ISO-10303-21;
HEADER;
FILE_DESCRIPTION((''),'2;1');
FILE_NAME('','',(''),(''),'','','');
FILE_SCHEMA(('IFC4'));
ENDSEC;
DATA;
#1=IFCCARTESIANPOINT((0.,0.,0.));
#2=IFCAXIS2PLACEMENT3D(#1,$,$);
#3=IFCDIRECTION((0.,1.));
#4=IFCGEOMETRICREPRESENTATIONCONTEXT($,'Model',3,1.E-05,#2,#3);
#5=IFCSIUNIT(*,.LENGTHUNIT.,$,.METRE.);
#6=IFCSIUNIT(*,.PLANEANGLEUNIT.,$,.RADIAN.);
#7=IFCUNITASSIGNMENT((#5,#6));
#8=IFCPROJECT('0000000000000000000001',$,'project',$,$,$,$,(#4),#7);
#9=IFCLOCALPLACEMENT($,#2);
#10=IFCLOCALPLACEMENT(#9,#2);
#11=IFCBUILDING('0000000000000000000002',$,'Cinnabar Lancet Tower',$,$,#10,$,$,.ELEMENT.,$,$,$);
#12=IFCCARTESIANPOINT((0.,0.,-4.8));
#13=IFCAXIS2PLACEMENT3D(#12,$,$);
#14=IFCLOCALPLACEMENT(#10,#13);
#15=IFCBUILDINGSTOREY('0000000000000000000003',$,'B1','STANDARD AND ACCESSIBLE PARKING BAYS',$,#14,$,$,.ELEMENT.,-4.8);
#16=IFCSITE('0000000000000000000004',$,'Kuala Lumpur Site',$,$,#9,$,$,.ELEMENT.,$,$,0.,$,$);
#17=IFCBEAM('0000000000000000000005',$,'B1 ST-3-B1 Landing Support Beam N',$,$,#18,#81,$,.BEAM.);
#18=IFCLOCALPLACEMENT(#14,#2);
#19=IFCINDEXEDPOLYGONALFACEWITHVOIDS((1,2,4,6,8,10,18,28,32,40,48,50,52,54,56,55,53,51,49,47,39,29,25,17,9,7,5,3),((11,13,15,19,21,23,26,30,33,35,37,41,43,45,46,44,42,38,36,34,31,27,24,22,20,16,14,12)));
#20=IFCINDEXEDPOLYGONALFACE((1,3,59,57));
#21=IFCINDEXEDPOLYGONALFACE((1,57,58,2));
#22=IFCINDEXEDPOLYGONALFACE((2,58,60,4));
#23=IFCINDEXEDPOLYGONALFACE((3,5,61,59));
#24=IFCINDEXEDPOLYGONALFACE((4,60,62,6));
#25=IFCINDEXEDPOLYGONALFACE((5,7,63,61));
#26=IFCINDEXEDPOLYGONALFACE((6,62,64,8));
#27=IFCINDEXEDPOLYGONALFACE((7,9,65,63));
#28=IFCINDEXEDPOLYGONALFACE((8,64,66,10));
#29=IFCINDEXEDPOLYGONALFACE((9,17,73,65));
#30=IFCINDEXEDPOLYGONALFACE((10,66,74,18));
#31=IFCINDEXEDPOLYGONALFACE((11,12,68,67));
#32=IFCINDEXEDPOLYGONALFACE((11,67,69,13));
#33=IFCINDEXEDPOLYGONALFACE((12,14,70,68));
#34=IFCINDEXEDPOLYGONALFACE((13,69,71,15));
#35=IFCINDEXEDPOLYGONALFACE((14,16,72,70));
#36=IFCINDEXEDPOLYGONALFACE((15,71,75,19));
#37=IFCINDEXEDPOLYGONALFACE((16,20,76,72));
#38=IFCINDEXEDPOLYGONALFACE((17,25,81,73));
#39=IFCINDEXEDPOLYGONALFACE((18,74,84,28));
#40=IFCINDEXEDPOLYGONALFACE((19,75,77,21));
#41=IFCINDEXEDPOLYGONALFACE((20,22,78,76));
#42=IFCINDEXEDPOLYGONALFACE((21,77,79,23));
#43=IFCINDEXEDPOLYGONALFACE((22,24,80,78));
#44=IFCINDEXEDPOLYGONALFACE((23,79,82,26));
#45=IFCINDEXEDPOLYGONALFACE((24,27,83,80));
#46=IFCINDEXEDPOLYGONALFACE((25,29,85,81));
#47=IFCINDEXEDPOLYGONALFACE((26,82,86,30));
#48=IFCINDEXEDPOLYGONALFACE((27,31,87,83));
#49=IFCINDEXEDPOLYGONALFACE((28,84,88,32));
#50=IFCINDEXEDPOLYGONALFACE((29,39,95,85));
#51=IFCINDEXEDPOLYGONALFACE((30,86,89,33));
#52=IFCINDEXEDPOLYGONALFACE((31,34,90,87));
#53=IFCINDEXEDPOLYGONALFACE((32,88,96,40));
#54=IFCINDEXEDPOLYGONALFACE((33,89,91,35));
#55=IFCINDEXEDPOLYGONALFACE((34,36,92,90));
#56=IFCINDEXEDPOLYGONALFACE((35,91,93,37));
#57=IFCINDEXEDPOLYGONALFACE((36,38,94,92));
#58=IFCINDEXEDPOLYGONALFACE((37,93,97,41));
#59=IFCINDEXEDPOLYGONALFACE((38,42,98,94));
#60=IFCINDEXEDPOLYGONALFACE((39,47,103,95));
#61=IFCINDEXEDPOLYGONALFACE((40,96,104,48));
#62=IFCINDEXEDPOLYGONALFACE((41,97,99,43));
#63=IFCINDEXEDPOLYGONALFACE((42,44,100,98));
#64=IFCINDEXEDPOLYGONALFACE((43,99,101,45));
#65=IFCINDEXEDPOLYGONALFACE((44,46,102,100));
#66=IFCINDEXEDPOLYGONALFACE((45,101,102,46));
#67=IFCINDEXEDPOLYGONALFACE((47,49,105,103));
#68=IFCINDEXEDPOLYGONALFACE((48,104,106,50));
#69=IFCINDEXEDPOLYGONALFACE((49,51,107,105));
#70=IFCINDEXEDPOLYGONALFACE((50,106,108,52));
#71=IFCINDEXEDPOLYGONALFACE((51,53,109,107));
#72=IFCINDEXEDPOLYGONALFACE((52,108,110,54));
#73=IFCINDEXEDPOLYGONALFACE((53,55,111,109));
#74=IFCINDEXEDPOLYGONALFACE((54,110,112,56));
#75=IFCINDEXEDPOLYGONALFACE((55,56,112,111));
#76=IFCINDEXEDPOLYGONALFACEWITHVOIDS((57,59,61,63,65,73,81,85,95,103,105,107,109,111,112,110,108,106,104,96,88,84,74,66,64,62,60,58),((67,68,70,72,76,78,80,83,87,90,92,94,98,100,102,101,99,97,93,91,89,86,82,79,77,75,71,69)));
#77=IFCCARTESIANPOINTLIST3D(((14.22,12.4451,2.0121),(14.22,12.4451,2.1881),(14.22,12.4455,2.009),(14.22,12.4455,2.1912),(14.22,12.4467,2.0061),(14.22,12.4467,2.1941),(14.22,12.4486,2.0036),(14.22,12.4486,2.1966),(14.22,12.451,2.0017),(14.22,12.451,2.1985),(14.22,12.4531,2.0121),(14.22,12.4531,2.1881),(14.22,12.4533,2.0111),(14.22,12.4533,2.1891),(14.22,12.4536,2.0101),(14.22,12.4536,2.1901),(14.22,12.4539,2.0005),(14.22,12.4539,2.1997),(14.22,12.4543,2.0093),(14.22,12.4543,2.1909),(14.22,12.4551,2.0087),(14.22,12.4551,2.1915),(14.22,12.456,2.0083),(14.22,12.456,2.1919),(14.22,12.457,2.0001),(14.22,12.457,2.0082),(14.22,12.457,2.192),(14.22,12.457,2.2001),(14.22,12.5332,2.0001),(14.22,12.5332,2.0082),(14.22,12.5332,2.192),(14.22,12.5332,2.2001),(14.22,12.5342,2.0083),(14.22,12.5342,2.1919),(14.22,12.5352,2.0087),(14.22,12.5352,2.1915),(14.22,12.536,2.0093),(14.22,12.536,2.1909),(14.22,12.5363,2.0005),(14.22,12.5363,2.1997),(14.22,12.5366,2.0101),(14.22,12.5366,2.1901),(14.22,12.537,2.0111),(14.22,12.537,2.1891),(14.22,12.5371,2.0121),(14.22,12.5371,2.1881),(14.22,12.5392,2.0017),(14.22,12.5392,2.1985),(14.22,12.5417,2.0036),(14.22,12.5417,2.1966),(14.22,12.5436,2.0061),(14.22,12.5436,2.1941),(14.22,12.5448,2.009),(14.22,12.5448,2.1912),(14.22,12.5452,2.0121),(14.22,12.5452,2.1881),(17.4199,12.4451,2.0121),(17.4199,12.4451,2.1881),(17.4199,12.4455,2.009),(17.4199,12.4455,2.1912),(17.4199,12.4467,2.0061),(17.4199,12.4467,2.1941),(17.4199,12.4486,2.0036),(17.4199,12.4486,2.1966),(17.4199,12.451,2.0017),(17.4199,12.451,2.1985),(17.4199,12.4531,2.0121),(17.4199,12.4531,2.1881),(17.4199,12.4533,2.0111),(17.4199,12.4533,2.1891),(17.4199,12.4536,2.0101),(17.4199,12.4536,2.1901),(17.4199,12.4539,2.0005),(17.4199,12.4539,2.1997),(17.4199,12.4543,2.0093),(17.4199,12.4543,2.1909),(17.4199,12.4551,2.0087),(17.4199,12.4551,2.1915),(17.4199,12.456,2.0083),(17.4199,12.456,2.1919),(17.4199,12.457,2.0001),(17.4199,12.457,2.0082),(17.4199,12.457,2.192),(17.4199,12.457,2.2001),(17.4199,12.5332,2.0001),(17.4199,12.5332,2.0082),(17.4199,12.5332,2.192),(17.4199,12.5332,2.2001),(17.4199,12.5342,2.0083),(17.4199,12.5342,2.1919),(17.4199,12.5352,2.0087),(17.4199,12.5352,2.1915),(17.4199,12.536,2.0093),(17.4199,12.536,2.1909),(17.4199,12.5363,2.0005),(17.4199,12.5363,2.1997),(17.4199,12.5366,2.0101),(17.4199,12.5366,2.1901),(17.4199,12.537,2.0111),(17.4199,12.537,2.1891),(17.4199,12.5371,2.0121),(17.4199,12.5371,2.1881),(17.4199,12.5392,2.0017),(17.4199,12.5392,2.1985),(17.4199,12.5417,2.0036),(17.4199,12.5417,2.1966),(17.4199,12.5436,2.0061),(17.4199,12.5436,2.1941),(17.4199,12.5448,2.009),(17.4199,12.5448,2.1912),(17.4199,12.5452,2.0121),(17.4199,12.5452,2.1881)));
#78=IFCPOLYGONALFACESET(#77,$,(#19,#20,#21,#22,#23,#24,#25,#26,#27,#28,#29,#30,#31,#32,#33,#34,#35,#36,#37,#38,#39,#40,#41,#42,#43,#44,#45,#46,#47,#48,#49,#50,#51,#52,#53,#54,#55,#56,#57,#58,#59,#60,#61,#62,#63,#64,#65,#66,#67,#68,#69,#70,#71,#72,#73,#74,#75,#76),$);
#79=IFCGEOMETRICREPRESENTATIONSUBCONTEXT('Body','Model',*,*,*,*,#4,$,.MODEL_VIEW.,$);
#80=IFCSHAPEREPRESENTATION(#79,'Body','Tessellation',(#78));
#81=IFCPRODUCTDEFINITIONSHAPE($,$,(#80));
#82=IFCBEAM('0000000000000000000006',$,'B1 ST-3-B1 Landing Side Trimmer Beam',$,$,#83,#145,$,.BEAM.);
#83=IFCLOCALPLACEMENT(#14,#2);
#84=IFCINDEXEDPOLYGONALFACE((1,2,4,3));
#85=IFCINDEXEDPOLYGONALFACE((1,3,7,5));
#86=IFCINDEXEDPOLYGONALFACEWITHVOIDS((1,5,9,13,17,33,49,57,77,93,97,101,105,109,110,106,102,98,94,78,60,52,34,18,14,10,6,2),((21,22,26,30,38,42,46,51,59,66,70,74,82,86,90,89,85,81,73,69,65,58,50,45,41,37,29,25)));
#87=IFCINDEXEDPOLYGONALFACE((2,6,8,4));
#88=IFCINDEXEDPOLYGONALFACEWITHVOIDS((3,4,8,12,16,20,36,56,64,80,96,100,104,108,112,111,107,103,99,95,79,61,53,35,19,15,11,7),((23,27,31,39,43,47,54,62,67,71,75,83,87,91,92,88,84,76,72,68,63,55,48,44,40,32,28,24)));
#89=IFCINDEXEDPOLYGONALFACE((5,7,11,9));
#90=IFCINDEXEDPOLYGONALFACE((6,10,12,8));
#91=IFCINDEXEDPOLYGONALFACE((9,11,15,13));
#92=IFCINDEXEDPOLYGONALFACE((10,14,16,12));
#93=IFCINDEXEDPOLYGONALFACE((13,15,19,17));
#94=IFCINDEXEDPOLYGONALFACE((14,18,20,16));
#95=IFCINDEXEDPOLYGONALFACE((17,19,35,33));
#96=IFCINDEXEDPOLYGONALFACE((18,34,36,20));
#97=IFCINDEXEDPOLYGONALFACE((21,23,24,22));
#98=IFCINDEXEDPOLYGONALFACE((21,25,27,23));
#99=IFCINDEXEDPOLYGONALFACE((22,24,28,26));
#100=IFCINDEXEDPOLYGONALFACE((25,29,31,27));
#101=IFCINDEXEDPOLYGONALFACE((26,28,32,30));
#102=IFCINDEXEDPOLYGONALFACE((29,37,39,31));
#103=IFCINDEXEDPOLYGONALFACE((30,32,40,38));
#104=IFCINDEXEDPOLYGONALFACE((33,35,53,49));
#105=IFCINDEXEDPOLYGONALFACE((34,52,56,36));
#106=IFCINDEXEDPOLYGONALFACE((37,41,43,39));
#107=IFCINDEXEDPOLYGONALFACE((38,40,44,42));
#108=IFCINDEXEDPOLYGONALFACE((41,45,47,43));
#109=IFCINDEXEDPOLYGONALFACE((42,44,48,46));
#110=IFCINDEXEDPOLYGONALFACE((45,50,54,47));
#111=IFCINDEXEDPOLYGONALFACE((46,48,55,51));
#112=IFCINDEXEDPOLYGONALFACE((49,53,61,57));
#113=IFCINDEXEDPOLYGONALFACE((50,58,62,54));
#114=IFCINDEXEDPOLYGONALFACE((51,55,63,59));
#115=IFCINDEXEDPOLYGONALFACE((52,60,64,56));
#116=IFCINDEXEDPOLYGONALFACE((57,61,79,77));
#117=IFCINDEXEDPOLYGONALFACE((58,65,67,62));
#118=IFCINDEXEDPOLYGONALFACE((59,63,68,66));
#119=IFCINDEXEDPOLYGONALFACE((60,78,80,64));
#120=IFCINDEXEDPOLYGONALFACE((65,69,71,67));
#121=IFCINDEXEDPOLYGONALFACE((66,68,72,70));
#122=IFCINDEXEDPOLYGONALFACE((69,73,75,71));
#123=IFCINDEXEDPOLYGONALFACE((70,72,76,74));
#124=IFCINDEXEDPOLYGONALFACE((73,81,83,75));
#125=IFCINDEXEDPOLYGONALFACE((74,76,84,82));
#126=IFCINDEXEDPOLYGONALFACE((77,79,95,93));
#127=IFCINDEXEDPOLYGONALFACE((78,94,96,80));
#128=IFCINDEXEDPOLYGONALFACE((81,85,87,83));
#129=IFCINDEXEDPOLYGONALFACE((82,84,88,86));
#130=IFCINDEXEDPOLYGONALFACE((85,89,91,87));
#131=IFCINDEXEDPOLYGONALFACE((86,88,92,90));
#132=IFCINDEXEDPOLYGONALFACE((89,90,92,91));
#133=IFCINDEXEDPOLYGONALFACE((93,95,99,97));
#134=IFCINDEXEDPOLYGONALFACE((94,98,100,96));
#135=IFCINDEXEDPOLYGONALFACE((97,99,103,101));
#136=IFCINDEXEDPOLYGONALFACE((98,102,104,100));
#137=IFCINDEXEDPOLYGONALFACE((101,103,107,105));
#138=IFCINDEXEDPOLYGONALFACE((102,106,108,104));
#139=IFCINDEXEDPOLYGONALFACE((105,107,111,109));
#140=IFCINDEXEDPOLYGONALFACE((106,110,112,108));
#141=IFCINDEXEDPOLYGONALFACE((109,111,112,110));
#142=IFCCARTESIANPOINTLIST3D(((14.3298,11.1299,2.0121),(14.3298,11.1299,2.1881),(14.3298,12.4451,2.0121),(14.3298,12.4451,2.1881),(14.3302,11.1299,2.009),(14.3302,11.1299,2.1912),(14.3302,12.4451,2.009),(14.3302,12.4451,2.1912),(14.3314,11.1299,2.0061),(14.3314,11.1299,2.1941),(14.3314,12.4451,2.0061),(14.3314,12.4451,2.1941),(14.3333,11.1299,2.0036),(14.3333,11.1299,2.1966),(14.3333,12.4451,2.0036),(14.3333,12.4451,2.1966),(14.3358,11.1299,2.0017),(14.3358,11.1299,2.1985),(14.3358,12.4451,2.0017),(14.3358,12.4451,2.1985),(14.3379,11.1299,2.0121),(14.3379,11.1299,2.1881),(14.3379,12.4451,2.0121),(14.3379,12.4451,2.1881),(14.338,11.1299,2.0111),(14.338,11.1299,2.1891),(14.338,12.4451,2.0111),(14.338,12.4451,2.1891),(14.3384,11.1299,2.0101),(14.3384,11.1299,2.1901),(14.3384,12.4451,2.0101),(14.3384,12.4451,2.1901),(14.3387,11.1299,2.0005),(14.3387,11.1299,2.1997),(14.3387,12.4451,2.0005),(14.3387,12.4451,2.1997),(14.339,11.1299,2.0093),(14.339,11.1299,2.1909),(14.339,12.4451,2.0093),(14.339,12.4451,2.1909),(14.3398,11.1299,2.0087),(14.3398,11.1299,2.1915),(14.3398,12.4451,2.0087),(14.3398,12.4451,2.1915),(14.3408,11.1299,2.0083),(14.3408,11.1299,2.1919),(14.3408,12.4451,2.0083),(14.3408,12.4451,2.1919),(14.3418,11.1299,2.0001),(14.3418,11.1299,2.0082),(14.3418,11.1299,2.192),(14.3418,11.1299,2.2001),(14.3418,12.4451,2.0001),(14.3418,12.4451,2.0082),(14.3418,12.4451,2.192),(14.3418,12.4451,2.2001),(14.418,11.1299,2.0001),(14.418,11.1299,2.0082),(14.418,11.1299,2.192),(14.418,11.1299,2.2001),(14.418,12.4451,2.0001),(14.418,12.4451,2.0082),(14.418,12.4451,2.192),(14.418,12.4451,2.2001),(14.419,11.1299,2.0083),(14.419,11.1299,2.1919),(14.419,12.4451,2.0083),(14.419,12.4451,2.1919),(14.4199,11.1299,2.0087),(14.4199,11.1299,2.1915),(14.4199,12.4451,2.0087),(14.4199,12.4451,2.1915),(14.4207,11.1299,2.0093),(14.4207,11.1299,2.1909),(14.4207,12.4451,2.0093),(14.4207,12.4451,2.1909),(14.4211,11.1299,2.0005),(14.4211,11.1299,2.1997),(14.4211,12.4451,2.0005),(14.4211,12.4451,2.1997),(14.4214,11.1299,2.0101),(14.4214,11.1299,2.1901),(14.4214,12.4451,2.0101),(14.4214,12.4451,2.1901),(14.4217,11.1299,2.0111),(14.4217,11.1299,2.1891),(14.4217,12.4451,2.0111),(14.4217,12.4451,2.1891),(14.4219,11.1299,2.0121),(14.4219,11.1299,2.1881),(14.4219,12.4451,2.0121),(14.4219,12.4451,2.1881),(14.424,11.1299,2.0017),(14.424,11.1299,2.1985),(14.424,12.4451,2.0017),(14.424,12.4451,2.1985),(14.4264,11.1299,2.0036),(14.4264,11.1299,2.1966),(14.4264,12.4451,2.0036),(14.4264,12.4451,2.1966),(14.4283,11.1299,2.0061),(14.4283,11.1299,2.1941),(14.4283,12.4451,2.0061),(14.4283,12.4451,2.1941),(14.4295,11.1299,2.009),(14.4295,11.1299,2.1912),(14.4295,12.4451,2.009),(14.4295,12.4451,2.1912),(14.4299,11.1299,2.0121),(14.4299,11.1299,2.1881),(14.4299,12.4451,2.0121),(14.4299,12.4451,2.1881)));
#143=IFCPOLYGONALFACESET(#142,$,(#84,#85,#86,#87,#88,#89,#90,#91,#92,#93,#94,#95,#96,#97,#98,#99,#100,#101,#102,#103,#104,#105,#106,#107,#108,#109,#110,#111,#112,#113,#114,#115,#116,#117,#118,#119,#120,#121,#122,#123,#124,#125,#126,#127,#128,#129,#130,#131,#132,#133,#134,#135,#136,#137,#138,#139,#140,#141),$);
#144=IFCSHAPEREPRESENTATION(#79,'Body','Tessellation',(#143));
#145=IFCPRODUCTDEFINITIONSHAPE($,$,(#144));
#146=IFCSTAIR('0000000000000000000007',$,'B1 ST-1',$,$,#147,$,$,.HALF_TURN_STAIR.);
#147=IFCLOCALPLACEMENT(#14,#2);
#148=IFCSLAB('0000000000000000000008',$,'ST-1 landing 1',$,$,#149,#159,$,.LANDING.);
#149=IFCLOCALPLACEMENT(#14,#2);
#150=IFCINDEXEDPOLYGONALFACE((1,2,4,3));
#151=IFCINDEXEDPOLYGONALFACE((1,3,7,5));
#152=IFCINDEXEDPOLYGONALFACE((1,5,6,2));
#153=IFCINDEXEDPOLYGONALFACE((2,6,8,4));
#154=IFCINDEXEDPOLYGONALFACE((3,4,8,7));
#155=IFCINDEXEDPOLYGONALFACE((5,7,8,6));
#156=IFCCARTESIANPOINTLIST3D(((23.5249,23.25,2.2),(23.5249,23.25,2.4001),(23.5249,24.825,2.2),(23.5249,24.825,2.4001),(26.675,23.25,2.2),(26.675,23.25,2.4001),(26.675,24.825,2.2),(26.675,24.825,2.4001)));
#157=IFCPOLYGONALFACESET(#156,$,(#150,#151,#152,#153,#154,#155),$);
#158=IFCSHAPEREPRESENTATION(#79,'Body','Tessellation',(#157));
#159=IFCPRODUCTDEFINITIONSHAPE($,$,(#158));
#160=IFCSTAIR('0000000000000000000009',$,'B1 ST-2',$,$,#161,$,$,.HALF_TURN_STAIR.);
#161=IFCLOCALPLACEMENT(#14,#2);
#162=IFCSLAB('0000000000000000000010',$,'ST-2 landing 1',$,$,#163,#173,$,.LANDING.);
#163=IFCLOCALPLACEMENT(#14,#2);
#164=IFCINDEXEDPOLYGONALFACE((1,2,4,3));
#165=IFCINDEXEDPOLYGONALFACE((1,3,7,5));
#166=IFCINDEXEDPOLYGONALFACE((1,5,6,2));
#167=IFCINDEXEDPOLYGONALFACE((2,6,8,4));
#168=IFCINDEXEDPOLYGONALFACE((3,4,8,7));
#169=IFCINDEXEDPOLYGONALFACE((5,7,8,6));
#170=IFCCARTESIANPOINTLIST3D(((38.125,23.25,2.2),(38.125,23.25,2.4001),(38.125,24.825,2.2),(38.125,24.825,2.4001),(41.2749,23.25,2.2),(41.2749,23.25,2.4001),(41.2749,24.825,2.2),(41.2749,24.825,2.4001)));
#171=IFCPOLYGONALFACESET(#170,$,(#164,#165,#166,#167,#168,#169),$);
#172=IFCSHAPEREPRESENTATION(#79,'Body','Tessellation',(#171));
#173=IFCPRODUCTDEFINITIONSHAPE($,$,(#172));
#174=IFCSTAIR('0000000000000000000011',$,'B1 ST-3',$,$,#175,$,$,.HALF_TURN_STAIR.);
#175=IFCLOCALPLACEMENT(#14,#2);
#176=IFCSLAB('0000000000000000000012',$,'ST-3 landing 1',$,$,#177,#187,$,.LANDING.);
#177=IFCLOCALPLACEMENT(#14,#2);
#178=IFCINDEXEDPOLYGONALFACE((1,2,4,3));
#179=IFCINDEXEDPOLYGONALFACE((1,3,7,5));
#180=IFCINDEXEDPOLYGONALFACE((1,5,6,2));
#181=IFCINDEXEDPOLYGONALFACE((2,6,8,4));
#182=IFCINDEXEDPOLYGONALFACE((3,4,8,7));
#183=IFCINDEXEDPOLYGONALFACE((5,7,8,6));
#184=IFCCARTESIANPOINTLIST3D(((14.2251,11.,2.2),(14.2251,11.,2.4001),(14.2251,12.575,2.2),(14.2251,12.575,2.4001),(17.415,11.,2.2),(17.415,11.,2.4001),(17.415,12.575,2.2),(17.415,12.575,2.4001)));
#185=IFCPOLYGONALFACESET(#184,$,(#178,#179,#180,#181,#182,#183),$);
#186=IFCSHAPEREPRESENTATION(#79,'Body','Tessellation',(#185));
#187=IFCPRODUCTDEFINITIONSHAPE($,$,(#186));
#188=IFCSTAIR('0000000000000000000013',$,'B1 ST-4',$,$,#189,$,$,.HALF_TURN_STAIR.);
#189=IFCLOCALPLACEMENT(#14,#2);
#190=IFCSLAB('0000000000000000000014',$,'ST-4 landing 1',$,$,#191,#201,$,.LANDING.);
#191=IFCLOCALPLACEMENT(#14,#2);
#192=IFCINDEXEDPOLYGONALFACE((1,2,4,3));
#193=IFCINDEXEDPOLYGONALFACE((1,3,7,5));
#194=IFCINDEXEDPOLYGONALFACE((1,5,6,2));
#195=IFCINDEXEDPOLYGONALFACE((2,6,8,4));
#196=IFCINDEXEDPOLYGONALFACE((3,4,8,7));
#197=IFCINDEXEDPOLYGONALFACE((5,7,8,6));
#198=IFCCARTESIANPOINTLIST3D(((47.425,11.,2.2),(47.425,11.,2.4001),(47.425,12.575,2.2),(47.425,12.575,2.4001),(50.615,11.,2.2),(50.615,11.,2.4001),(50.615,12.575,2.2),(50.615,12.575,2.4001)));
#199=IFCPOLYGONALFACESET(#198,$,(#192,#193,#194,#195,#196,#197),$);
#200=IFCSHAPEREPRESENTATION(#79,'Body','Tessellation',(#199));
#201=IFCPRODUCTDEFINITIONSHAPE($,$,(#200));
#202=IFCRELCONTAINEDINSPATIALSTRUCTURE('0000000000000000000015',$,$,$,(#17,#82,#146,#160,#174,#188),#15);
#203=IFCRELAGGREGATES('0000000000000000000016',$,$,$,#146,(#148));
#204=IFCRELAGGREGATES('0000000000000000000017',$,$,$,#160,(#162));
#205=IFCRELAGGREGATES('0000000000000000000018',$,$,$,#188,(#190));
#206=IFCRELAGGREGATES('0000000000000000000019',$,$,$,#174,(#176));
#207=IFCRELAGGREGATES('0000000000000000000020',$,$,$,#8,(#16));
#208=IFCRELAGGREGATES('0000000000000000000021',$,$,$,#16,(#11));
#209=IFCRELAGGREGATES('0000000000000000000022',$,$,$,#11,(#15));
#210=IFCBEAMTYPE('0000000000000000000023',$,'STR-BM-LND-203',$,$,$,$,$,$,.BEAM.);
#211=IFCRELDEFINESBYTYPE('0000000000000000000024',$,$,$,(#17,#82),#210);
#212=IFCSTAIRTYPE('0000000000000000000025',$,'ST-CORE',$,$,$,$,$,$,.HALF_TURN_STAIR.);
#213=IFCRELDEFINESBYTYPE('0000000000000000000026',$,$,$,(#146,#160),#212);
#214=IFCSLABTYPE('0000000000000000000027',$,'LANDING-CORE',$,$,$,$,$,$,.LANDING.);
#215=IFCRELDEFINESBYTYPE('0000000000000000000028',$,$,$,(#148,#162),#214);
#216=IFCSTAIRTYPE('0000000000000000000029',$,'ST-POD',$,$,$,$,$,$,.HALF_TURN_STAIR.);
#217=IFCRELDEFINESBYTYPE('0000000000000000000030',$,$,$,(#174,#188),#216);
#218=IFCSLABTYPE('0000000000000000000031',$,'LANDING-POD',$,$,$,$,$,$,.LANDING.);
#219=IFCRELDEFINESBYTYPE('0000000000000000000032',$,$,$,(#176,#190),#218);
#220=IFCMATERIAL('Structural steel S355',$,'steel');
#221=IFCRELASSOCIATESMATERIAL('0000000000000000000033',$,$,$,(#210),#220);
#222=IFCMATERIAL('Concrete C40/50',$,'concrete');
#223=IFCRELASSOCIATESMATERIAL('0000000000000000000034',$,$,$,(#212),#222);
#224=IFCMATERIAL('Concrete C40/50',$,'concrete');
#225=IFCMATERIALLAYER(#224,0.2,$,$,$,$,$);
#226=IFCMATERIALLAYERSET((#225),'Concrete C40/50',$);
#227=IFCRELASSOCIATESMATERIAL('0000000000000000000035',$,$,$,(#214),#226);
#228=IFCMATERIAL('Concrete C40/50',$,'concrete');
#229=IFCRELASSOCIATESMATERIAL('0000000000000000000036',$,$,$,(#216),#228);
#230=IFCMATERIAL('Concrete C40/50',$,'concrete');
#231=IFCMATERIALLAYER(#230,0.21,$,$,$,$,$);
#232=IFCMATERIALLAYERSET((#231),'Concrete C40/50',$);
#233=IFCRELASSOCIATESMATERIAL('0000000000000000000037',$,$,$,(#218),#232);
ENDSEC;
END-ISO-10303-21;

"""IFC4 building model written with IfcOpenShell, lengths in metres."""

from ifc_helpers import new_model, si_unit, direction, frame, origin, origin_2d, place, context, subcontext, project, spatial, polyline, hollow_rectangle, outline, extrude, material, layer, layer_set, material_profile, profile_set, type_object, element, aggregate, save


model = new_model("IFC4")

# Units and contexts
model_context = context("Model", 3, precision=1e-05, world=origin(), true_north=direction((0.0, 1.0)))
body_context = subcontext(model_context, "Body", "Model", "MODEL_VIEW")
ifc_project = project(units=[si_unit("LENGTHUNIT", "METRE"), si_unit("PLANEANGLEUNIT", "RADIAN")], contexts=[model_context])

# Site, building, storey
site_placement = place(None, origin())
site = spatial("IfcSite", under=ifc_project, at=site_placement, Name="Kuala Lumpur Site", CompositionType="ELEMENT", RefElevation=0.0)
building_placement = place(site_placement, origin())
building = spatial("IfcBuilding", under=site, at=building_placement, Name="Cinnabar Lancet Tower", CompositionType="ELEMENT")
storey_placement = place(building_placement, frame((0.0, 0.0, -4.8)))
storey = spatial("IfcBuildingStorey", under=building, at=storey_placement, Name="B1", Description="STANDARD AND ACCESSIBLE PARKING BAYS", CompositionType="ELEMENT", Elevation=-4.8)

# Beams
ifc_material_1 = material(Name="Structural steel S355", Category="steel")
ifc_material_profile_1 = material_profile(ifc_material_1, hollow_rectangle(XDim=0.1001, YDim=0.2, WallThickness=0.0081, InnerFilletRadius=0.0039, OuterFilletRadius=0.012, at=origin_2d()), Name="RHS 200x100x8")
ifc_profile_set_1 = profile_set([ifc_material_profile_1], Name="Structural steel S355")
beam_type = type_object("IfcBeamType", Name="STR-BM-LND-203", PredefinedType="BEAM", material=ifc_profile_set_1)
for number, where, z_axis, x_axis, name in (
    (1, (14.22, 12.4951, 2.1001), (1.0, 0.0, 0.0), (0.0, 1.0, 0.0), "B1 ST-3-B1 Landing Support Beam N"),
):
    element("IfcBeam", number, at=place(storey_placement, frame(where, z_axis=z_axis, x_axis=x_axis)), inside=storey, type_object=beam_type, Name=name, PredefinedType="BEAM", context=body_context, shape_type="SweptSolid", body=[
        extrude(hollow_rectangle(XDim=0.1001, YDim=0.2, WallThickness=0.0081, InnerFilletRadius=0.0039, OuterFilletRadius=0.012, at=origin_2d()), origin(), (0.0, 0.0, 1.0), 3.2),
    ])
beam_placement = place(storey_placement, frame((14.3799, 11.1299, 2.1001), z_axis=(0.0, 1.0, 0.0), x_axis=(-1.0, 0.0, 0.0)))
element("IfcBeam", 2, at=beam_placement, inside=storey, type_object=beam_type, Name="B1 ST-3-B1 Landing Side Trimmer Beam", PredefinedType="BEAM", context=body_context, shape_type="SweptSolid", body=[
    extrude(hollow_rectangle(XDim=0.1001, YDim=0.2, WallThickness=0.0081, InnerFilletRadius=0.0039, OuterFilletRadius=0.012, at=origin_2d()), origin(), (0.0, 0.0, 1.0), 1.3152),
])

# Stairs, slabs
ifc_material_2 = material(Name="Concrete C40/50", Category="concrete")
stair_type_1 = type_object("IfcStairType", Name="ST-CORE", PredefinedType="HALF_TURN_STAIR", material=ifc_material_2)
stair_1_placement = place(storey_placement, origin())
stair_1 = element("IfcStair", 3, at=stair_1_placement, inside=storey, type_object=stair_type_1, Name="B1 ST-1", PredefinedType="HALF_TURN_STAIR")
ifc_material_3 = material(Name="Concrete C40/50", Category="concrete")
ifc_layer_1 = layer(ifc_material_3, 0.2)
ifc_layer_set_1 = layer_set([ifc_layer_1], Name="Concrete C40/50")
slab_type_1 = type_object("IfcSlabType", Name="LANDING-CORE", PredefinedType="LANDING", material=ifc_layer_set_1)
slab_1_placement = place(storey_placement, frame((0.0, 0.0, 2.2)))
slab_1 = element("IfcSlab", 4, at=slab_1_placement, type_object=slab_type_1, Name="ST-1 landing 1", PredefinedType="LANDING", context=body_context, shape_type="SweptSolid", body=[
    extrude(outline(polyline([(23.5249, 24.825), (23.5249, 23.25), (26.675, 23.25), (26.675, 24.825), (23.5249, 24.825)])), origin(), (0.0, 0.0, 1.0), 0.2002),
])
aggregate(stair_1, [slab_1])
stair_2_placement = place(storey_placement, origin())
stair_2 = element("IfcStair", 5, at=stair_2_placement, inside=storey, type_object=stair_type_1, Name="B1 ST-2", PredefinedType="HALF_TURN_STAIR")
slab_2_placement = place(storey_placement, frame((0.0, 0.0, 2.2)))
slab_2 = element("IfcSlab", 6, at=slab_2_placement, type_object=slab_type_1, Name="ST-2 landing 1", PredefinedType="LANDING", context=body_context, shape_type="SweptSolid", body=[
    extrude(outline(polyline([(38.125, 24.825), (38.125, 23.25), (41.2749, 23.25), (41.2749, 24.825), (38.125, 24.825)])), origin(), (0.0, 0.0, 1.0), 0.2002),
])
aggregate(stair_2, [slab_2])
ifc_material_4 = material(Name="Concrete C40/50", Category="concrete")
stair_type_2 = type_object("IfcStairType", Name="ST-POD", PredefinedType="HALF_TURN_STAIR", material=ifc_material_4)
stair_3_placement = place(storey_placement, origin())
stair_3 = element("IfcStair", 7, at=stair_3_placement, inside=storey, type_object=stair_type_2, Name="B1 ST-3", PredefinedType="HALF_TURN_STAIR")
ifc_material_5 = material(Name="Concrete C40/50", Category="concrete")
ifc_layer_2 = layer(ifc_material_5, 0.21)
ifc_layer_set_2 = layer_set([ifc_layer_2], Name="Concrete C40/50")
slab_type_2 = type_object("IfcSlabType", Name="LANDING-POD", PredefinedType="LANDING", material=ifc_layer_set_2)
slab_3_placement = place(storey_placement, frame((0.0, 0.0, 2.2)))
slab_3 = element("IfcSlab", 8, at=slab_3_placement, type_object=slab_type_2, Name="ST-3 landing 1", PredefinedType="LANDING", context=body_context, shape_type="SweptSolid", body=[
    extrude(outline(polyline([(14.2251, 12.575), (14.2251, 11.0), (17.415, 11.0), (17.415, 12.575), (14.2251, 12.575)])), origin(), (0.0, 0.0, 1.0), 0.2002),
])
stair_4_placement = place(storey_placement, origin())
stair_4 = element("IfcStair", 9, at=stair_4_placement, inside=storey, type_object=stair_type_2, Name="B1 ST-4", PredefinedType="HALF_TURN_STAIR")
slab_4_placement = place(storey_placement, frame((0.0, 0.0, 2.2)))
slab_4 = element("IfcSlab", 10, at=slab_4_placement, type_object=slab_type_2, Name="ST-4 landing 1", PredefinedType="LANDING", context=body_context, shape_type="SweptSolid", body=[
    extrude(outline(polyline([(47.425, 12.575), (47.425, 11.0), (50.615, 11.0), (50.615, 12.575), (47.425, 12.575)])), origin(), (0.0, 0.0, 1.0), 0.2002),
])
aggregate(stair_4, [slab_4])

aggregate(stair_3, [slab_3])

save(model, "model.ifc")
